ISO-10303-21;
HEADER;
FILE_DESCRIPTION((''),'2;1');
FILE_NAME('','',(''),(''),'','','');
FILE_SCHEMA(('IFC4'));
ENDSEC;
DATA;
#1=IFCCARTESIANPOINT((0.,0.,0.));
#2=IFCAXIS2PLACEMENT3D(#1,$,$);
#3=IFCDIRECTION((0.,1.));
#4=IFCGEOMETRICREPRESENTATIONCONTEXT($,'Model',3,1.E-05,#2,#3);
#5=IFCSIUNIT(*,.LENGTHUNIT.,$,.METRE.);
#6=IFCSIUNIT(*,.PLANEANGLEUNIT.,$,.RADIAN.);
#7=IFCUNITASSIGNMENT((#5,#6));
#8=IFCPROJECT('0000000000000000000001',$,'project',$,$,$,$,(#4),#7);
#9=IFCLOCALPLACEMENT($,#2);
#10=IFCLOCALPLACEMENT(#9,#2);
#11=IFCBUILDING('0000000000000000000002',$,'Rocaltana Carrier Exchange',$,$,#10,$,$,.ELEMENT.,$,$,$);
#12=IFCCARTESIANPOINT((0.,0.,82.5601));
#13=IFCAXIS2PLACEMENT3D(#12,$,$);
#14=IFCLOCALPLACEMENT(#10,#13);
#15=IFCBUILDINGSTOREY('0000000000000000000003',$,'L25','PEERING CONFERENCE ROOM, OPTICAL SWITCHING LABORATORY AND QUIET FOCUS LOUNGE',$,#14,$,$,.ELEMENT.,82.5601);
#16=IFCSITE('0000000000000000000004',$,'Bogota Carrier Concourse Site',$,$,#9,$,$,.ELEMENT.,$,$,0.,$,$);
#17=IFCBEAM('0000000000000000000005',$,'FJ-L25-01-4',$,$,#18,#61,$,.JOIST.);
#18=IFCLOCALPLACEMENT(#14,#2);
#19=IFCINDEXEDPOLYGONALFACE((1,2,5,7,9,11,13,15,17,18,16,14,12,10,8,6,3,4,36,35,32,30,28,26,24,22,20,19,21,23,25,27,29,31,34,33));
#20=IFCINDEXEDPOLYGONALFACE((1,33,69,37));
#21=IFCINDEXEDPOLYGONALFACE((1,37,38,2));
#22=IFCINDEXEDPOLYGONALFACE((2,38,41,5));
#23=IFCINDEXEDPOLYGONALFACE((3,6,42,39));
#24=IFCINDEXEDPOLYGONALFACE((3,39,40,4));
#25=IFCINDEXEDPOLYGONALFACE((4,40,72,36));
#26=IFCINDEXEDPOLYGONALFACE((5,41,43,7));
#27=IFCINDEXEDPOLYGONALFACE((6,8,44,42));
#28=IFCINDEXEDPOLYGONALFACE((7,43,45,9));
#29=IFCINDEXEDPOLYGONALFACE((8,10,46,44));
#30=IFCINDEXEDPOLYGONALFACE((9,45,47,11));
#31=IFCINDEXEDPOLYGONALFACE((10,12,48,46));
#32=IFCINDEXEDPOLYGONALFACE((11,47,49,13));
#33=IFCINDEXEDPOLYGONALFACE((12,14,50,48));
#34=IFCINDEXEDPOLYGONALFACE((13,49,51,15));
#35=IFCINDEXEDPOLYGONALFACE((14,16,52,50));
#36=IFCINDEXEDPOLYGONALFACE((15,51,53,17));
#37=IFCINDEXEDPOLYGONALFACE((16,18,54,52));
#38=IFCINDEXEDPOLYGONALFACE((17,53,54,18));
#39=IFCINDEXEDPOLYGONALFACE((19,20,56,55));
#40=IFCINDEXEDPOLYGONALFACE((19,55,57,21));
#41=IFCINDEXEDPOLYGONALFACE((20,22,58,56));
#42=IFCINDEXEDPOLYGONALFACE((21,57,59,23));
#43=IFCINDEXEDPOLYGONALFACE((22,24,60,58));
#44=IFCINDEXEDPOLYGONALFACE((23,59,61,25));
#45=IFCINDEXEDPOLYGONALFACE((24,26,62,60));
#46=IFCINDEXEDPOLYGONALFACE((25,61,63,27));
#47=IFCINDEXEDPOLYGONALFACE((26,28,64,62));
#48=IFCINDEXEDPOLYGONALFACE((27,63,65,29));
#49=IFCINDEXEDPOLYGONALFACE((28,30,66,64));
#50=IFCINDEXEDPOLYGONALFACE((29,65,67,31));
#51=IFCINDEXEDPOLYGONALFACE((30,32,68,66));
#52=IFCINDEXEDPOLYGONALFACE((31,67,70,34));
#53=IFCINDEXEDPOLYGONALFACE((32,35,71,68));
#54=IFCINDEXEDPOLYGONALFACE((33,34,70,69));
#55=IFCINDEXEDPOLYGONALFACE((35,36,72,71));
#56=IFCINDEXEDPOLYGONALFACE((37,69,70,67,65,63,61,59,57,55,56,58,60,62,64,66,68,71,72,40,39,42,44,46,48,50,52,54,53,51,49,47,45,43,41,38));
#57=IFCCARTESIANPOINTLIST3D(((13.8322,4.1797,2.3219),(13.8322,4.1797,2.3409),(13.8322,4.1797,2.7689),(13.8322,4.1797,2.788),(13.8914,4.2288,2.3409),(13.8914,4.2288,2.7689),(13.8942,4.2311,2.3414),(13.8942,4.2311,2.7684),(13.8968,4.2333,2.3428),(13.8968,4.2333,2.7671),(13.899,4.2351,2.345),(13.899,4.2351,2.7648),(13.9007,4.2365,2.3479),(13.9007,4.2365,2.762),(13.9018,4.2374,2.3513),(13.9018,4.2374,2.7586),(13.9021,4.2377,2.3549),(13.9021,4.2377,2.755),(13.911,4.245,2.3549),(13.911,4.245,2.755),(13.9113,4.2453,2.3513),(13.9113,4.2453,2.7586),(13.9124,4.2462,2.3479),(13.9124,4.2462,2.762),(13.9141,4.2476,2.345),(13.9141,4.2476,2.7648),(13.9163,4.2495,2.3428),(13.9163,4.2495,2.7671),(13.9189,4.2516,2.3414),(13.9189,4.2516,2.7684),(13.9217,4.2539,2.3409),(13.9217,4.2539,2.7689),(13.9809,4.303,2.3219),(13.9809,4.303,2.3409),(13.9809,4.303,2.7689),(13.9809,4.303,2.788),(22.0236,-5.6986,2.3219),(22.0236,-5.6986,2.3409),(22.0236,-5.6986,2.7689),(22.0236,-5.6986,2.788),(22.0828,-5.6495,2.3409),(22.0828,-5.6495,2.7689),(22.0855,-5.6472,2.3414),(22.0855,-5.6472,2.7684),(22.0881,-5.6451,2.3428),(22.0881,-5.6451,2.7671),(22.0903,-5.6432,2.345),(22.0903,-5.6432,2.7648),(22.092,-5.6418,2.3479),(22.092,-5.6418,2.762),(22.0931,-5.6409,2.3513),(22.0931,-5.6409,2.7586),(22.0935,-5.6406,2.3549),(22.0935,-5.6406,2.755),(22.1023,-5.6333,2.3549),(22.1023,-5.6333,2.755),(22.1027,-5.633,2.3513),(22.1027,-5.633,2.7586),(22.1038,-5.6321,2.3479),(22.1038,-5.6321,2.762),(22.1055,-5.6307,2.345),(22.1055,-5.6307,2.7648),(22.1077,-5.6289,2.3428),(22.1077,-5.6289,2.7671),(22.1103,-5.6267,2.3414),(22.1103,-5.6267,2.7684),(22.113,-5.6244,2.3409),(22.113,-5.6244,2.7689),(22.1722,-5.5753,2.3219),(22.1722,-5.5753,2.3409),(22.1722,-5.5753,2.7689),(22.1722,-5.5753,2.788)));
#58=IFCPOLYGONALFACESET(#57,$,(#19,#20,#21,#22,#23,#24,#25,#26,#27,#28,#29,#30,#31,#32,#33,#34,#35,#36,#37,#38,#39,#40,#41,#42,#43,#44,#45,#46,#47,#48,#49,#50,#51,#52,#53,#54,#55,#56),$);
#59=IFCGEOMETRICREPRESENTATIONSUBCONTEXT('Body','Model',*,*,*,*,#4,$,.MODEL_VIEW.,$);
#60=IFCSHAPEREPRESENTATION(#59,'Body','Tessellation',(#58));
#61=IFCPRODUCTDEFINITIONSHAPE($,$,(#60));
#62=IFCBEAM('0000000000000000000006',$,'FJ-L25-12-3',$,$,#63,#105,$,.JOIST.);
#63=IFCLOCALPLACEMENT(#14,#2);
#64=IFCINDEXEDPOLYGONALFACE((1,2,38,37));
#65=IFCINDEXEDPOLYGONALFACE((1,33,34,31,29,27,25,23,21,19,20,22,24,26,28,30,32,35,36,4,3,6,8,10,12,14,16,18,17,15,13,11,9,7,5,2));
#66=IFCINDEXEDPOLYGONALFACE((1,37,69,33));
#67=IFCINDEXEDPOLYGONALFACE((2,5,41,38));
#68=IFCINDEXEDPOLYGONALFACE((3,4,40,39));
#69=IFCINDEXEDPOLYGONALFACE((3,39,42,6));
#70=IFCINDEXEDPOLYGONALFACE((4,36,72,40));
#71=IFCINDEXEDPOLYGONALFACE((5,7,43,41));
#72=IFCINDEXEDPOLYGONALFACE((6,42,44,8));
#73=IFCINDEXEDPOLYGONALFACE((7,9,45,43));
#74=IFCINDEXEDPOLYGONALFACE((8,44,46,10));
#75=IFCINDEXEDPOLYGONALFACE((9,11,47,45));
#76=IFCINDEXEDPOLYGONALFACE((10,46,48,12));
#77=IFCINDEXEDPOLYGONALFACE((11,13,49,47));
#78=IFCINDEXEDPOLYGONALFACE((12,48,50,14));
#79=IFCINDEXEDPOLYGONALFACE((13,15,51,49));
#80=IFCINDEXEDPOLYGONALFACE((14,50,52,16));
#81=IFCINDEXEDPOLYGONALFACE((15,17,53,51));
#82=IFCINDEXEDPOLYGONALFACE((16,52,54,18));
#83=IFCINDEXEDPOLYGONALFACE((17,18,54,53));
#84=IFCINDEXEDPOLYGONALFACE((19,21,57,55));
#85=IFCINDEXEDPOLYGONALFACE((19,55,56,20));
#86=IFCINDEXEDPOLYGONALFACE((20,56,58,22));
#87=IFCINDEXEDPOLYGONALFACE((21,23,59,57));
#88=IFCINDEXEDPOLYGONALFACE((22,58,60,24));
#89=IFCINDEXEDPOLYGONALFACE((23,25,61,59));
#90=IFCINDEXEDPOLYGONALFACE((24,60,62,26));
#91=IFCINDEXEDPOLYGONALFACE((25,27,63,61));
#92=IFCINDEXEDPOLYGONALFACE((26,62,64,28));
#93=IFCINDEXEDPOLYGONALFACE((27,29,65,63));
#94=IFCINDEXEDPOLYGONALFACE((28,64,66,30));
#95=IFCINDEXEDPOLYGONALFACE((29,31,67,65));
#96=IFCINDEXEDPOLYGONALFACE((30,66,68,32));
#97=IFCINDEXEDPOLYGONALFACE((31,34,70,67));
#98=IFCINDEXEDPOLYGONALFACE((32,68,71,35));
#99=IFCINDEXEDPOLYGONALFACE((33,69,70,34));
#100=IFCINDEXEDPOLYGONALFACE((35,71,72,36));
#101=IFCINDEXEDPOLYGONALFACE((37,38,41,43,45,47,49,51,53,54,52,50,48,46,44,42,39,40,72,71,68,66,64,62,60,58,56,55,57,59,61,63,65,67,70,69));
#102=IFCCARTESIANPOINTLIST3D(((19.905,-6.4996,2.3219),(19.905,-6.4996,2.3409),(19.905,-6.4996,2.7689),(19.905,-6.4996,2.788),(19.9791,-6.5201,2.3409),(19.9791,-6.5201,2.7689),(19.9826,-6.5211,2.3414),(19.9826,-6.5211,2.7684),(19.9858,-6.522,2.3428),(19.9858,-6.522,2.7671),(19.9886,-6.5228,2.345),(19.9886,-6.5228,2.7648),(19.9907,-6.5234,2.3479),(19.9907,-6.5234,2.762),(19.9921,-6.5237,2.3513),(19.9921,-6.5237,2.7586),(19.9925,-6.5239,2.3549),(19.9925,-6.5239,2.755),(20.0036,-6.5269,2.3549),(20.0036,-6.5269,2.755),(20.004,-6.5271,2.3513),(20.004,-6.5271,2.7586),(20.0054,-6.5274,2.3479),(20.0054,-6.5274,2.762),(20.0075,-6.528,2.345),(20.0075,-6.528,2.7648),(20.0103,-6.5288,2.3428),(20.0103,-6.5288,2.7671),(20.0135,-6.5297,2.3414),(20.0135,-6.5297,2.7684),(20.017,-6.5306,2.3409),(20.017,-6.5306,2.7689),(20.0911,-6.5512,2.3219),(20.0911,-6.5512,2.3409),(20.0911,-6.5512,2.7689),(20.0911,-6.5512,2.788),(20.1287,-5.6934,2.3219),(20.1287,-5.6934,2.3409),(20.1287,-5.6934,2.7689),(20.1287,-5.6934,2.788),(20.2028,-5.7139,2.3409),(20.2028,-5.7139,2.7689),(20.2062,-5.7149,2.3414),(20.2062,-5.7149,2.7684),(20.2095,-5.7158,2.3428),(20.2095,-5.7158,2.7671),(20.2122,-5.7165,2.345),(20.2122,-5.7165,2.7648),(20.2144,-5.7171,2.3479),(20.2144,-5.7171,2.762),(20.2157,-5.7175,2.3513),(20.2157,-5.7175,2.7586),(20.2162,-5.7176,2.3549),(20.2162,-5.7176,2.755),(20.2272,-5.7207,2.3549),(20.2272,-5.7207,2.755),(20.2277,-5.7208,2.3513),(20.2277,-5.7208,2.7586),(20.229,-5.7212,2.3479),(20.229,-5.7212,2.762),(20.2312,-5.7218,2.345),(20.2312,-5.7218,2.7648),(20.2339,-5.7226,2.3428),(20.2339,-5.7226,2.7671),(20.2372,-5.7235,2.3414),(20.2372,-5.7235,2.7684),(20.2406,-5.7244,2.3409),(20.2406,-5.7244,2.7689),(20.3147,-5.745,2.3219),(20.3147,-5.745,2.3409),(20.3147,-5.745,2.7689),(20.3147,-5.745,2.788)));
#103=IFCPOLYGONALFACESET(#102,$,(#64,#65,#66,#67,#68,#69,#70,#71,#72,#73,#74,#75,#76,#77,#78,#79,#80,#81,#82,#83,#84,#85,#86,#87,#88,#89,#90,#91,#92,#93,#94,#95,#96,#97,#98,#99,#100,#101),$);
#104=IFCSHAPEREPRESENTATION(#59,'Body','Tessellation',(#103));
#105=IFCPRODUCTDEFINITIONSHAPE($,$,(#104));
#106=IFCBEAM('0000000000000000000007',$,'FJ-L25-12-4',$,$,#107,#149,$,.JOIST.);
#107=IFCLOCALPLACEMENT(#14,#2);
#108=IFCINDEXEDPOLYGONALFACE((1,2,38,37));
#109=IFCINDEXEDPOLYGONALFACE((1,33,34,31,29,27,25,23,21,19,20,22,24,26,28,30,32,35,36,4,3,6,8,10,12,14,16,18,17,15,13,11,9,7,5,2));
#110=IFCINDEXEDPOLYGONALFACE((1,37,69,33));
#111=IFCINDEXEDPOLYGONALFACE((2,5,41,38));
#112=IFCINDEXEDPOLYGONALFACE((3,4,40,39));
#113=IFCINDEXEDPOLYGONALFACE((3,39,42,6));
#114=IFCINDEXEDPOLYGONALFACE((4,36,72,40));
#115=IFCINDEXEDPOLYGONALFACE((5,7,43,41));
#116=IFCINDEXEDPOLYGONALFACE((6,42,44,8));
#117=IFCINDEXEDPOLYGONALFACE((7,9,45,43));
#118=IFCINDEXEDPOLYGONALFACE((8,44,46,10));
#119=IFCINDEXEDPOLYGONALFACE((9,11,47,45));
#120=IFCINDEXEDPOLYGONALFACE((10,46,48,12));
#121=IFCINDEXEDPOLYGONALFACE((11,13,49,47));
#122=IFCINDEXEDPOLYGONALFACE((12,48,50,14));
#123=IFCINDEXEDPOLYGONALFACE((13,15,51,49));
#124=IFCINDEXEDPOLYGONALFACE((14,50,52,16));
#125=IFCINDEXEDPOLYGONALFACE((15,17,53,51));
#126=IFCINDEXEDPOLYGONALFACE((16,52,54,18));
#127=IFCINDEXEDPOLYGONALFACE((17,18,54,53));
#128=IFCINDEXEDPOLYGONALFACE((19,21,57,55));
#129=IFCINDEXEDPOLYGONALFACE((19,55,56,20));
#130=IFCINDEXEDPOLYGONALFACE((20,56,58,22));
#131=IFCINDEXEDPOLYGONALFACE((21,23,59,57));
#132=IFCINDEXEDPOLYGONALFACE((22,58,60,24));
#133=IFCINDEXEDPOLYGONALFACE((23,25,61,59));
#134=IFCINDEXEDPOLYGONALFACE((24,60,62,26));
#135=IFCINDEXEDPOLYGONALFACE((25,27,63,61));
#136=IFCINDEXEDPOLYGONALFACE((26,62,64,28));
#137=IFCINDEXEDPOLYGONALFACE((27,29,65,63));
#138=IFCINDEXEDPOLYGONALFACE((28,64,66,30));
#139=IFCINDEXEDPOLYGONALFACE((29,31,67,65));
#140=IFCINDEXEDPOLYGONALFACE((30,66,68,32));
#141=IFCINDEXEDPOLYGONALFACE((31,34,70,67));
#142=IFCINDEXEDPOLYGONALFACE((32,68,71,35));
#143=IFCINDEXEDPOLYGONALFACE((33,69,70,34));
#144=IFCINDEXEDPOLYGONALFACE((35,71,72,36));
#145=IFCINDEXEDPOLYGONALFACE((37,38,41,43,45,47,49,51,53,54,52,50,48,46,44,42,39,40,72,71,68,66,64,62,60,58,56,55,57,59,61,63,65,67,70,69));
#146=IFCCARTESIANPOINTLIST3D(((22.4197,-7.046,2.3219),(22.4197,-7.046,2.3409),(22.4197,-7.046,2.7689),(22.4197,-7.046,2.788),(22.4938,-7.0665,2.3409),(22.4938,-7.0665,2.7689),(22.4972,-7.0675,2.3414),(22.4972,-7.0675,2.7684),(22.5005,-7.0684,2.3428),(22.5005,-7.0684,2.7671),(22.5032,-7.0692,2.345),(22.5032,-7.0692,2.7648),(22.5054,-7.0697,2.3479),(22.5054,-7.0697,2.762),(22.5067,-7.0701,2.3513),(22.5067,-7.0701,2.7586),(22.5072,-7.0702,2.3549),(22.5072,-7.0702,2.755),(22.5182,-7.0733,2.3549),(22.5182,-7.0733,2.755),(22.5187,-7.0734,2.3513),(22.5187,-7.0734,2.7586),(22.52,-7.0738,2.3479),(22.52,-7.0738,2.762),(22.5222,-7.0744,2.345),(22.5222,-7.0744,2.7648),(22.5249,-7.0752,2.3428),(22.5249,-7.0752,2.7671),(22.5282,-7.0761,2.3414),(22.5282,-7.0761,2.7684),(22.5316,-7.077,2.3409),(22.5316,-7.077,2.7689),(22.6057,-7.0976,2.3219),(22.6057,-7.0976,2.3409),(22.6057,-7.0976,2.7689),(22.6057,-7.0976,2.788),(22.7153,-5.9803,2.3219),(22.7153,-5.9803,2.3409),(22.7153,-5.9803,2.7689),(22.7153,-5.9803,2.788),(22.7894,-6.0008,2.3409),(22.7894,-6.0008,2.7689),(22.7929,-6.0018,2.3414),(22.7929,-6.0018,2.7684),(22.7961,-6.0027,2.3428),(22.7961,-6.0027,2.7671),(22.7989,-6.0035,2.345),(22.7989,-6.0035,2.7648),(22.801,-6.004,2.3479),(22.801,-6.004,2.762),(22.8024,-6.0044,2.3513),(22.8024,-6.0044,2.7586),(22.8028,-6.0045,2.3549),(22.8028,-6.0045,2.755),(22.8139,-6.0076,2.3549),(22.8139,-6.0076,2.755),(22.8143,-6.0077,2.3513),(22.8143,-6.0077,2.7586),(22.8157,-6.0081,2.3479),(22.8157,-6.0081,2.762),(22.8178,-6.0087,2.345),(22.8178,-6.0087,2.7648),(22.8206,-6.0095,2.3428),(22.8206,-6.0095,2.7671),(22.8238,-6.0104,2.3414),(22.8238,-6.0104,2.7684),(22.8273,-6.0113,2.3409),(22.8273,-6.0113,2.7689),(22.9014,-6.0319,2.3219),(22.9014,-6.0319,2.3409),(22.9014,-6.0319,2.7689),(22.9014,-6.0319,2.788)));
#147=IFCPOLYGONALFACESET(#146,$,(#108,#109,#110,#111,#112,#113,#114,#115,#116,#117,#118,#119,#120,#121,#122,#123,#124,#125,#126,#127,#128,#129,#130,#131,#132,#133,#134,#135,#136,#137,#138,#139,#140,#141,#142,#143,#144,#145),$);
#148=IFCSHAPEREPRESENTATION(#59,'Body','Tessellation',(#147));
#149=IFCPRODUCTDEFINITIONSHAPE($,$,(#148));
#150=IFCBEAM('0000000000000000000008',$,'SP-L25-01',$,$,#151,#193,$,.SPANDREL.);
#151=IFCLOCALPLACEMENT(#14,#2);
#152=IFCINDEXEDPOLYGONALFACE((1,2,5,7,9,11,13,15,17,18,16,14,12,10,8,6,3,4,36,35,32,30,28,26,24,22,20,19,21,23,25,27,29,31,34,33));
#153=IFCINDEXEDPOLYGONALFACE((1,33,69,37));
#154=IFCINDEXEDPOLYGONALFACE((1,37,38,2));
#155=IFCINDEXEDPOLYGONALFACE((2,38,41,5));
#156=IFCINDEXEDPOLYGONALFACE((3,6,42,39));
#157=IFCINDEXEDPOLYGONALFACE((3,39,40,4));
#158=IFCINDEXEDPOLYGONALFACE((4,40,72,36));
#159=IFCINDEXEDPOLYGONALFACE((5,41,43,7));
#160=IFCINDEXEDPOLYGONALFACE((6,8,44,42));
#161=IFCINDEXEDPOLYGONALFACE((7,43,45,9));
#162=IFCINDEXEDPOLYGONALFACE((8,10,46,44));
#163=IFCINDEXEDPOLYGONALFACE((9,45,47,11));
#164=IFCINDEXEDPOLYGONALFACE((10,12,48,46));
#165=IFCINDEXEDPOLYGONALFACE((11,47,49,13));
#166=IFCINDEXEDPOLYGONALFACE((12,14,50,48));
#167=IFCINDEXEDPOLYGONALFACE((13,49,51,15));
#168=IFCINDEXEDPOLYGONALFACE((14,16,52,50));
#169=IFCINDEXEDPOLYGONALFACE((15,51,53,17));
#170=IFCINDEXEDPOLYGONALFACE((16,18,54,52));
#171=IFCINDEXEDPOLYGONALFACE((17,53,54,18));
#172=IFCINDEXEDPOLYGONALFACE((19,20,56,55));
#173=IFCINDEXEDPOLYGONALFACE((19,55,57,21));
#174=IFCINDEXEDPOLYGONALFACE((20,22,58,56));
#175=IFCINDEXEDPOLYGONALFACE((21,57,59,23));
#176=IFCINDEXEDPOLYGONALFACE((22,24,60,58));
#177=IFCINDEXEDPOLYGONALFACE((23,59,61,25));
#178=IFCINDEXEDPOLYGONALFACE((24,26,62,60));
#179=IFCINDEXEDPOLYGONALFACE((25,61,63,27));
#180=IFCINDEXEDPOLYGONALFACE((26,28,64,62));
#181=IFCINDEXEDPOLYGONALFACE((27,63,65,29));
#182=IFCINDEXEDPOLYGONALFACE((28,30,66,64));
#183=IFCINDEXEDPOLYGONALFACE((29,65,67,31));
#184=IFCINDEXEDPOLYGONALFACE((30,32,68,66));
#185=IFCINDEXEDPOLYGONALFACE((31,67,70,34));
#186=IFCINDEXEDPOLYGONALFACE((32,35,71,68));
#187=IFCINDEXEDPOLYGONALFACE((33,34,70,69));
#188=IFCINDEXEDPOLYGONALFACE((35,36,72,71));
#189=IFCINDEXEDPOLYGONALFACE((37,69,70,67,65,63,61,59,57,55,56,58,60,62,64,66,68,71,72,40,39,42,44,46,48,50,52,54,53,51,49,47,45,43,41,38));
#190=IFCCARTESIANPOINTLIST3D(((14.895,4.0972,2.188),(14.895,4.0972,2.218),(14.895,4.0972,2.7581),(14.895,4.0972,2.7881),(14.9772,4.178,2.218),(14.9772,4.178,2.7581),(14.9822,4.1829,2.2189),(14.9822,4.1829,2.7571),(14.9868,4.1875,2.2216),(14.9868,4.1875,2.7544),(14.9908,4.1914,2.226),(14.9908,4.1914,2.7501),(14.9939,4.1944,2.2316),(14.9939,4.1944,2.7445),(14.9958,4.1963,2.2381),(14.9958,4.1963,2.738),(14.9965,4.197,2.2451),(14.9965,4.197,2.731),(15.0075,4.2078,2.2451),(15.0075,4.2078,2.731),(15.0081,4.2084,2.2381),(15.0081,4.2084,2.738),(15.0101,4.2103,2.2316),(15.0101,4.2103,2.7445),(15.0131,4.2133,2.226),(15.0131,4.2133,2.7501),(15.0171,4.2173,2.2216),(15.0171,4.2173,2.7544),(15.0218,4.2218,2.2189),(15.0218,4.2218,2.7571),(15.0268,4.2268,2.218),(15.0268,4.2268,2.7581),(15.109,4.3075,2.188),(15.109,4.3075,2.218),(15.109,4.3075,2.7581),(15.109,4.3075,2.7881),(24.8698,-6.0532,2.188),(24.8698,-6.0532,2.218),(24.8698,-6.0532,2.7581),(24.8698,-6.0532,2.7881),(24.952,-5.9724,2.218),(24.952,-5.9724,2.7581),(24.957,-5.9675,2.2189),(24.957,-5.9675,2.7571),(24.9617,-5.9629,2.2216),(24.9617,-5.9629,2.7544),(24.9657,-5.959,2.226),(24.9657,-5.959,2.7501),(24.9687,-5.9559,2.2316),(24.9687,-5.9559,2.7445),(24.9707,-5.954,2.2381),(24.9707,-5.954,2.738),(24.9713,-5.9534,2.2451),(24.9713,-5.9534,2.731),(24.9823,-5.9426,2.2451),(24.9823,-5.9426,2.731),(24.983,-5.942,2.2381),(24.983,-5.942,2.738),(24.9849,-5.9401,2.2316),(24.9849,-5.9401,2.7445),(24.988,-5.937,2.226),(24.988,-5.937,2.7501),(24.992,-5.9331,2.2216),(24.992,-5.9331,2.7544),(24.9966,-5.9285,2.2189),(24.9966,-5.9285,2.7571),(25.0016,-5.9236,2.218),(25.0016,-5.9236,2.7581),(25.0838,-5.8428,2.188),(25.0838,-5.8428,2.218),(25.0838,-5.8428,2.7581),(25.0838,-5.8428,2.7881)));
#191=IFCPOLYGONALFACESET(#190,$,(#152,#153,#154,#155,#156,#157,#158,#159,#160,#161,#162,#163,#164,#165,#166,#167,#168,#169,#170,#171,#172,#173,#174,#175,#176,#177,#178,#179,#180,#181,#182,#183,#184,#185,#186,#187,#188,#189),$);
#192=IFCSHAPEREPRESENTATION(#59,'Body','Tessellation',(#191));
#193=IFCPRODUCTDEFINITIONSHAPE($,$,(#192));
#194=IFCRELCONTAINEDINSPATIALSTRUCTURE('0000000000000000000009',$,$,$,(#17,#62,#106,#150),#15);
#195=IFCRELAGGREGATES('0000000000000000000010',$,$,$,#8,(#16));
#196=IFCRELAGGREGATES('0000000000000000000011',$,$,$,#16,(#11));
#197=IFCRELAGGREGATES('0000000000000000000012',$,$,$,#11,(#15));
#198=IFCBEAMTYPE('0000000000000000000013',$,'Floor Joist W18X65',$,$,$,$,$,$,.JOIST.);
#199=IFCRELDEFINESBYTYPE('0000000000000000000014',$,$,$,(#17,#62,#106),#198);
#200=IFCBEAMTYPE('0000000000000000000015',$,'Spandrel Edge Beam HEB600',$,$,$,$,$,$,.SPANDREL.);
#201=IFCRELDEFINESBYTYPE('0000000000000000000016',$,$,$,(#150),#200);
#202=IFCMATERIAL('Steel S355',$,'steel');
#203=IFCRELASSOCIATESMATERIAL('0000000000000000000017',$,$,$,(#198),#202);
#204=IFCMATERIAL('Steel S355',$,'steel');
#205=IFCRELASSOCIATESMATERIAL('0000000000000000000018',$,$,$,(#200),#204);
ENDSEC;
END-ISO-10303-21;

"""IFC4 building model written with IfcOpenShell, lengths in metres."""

from ifc_helpers import new_model, si_unit, direction, frame, origin, origin_2d, place, context, subcontext, project, spatial, i_section, extrude, material, material_profile, profile_set, type_object, element, save


model = new_model("IFC4")

# Units and contexts
model_context = context("Model", 3, precision=1e-05, world=origin(), true_north=direction((0.0, 1.0)))
body_context = subcontext(model_context, "Body", "Model", "MODEL_VIEW")
ifc_project = project(units=[si_unit("LENGTHUNIT", "METRE"), si_unit("PLANEANGLEUNIT", "RADIAN")], contexts=[model_context])

# Site, building, storey
site_placement = place(None, origin())
site = spatial("IfcSite", under=ifc_project, at=site_placement, Name="Bogota Carrier Concourse Site", CompositionType="ELEMENT", RefElevation=0.0)
building_placement = place(site_placement, origin())
building = spatial("IfcBuilding", under=site, at=building_placement, Name="Rocaltana Carrier Exchange", CompositionType="ELEMENT")
storey_placement = place(building_placement, frame((0.0, 0.0, 82.5601)))
storey = spatial("IfcBuildingStorey", under=building, at=storey_placement, Name="L25", Description="PEERING CONFERENCE ROOM, OPTICAL SWITCHING LABORATORY AND QUIET FOCUS LOUNGE", CompositionType="ELEMENT", Elevation=82.5601)

# Beams
ifc_material_1 = material(Name="Steel S355", Category="steel")
ifc_material_profile_1 = material_profile(ifc_material_1, i_section(OverallWidth=0.1931, OverallDepth=0.4661, WebThickness=0.0115, FlangeThickness=0.019, FilletRadius=0.0139, at=origin_2d()), Name="W18X65")
ifc_profile_set_1 = profile_set([ifc_material_profile_1], Name="Steel S355")
beam_type_1 = type_object("IfcBeamType", Name="Floor Joist W18X65", PredefinedType="JOIST", material=ifc_profile_set_1)
beam_1_placement = place(storey_placement, frame((22.0979, -5.637, 2.5549), z_axis=(-0.638315, 0.769775, 0.0), x_axis=(-0.769775, -0.638315, 0.0)))
element("IfcBeam", 1, at=beam_1_placement, inside=storey, type_object=beam_type_1, Name="FJ-L25-01-4", PredefinedType="JOIST", context=body_context, shape_type="SweptSolid", body=[
    extrude(i_section(OverallWidth=0.1931, OverallDepth=0.4661, WebThickness=0.0115, FlangeThickness=0.019, FilletRadius=0.0139, at=origin_2d()), origin(), (0.0, 0.0, 1.0), 12.8328),
])
beam_2_placement = place(storey_placement, frame((19.998, -6.5254, 2.5549), z_axis=(0.267313, 0.96361, 0.0), x_axis=(-0.96361, 0.267313, 0.0)))
element("IfcBeam", 2, at=beam_2_placement, inside=storey, type_object=beam_type_1, Name="FJ-L25-12-3", PredefinedType="JOIST", context=body_context, shape_type="SweptSolid", body=[
    extrude(i_section(OverallWidth=0.1931, OverallDepth=0.4661, WebThickness=0.0115, FlangeThickness=0.019, FilletRadius=0.0139, at=origin_2d()), origin(), (0.0, 0.0, 1.0), 0.8367),
])
beam_3_placement = place(storey_placement, frame((22.5127, -7.0718, 2.5549), z_axis=(0.267336, 0.963603, 0.0), x_axis=(-0.963603, 0.267336, 0.0)))
element("IfcBeam", 3, at=beam_3_placement, inside=storey, type_object=beam_type_1, Name="FJ-L25-12-4", PredefinedType="JOIST", context=body_context, shape_type="SweptSolid", body=[
    extrude(i_section(OverallWidth=0.1931, OverallDepth=0.4661, WebThickness=0.0115, FlangeThickness=0.019, FilletRadius=0.0139, at=origin_2d()), origin(), (0.0, 0.0, 1.0), 1.106),
])
ifc_material_2 = material(Name="Steel S355", Category="steel")
ifc_material_profile_2 = material_profile(ifc_material_2, i_section(OverallWidth=0.3, OverallDepth=0.6001, WebThickness=0.0154, FlangeThickness=0.03, FilletRadius=0.0271, at=origin_2d()), Name="HEB600")
ifc_profile_set_2 = profile_set([ifc_material_profile_2], Name="Steel S355")
beam_type_2 = type_object("IfcBeamType", Name="Spandrel Edge Beam HEB600", PredefinedType="SPANDREL", material=ifc_profile_set_2)
beam_4_placement = place(storey_placement, frame((24.9768, -5.948, 2.488), z_axis=(-0.700913, 0.713247, 0.0), x_axis=(-0.713247, -0.700913, 0.0)))
element("IfcBeam", 4, at=beam_4_placement, inside=storey, type_object=beam_type_2, Name="SP-L25-01", PredefinedType="SPANDREL", context=body_context, shape_type="SweptSolid", body=[
    extrude(i_section(OverallWidth=0.3, OverallDepth=0.6001, WebThickness=0.0154, FlangeThickness=0.03, FilletRadius=0.0271, at=origin_2d()), origin(), (0.0, 0.0, 1.0), 14.2312),
])

save(model, "model.ifc")
